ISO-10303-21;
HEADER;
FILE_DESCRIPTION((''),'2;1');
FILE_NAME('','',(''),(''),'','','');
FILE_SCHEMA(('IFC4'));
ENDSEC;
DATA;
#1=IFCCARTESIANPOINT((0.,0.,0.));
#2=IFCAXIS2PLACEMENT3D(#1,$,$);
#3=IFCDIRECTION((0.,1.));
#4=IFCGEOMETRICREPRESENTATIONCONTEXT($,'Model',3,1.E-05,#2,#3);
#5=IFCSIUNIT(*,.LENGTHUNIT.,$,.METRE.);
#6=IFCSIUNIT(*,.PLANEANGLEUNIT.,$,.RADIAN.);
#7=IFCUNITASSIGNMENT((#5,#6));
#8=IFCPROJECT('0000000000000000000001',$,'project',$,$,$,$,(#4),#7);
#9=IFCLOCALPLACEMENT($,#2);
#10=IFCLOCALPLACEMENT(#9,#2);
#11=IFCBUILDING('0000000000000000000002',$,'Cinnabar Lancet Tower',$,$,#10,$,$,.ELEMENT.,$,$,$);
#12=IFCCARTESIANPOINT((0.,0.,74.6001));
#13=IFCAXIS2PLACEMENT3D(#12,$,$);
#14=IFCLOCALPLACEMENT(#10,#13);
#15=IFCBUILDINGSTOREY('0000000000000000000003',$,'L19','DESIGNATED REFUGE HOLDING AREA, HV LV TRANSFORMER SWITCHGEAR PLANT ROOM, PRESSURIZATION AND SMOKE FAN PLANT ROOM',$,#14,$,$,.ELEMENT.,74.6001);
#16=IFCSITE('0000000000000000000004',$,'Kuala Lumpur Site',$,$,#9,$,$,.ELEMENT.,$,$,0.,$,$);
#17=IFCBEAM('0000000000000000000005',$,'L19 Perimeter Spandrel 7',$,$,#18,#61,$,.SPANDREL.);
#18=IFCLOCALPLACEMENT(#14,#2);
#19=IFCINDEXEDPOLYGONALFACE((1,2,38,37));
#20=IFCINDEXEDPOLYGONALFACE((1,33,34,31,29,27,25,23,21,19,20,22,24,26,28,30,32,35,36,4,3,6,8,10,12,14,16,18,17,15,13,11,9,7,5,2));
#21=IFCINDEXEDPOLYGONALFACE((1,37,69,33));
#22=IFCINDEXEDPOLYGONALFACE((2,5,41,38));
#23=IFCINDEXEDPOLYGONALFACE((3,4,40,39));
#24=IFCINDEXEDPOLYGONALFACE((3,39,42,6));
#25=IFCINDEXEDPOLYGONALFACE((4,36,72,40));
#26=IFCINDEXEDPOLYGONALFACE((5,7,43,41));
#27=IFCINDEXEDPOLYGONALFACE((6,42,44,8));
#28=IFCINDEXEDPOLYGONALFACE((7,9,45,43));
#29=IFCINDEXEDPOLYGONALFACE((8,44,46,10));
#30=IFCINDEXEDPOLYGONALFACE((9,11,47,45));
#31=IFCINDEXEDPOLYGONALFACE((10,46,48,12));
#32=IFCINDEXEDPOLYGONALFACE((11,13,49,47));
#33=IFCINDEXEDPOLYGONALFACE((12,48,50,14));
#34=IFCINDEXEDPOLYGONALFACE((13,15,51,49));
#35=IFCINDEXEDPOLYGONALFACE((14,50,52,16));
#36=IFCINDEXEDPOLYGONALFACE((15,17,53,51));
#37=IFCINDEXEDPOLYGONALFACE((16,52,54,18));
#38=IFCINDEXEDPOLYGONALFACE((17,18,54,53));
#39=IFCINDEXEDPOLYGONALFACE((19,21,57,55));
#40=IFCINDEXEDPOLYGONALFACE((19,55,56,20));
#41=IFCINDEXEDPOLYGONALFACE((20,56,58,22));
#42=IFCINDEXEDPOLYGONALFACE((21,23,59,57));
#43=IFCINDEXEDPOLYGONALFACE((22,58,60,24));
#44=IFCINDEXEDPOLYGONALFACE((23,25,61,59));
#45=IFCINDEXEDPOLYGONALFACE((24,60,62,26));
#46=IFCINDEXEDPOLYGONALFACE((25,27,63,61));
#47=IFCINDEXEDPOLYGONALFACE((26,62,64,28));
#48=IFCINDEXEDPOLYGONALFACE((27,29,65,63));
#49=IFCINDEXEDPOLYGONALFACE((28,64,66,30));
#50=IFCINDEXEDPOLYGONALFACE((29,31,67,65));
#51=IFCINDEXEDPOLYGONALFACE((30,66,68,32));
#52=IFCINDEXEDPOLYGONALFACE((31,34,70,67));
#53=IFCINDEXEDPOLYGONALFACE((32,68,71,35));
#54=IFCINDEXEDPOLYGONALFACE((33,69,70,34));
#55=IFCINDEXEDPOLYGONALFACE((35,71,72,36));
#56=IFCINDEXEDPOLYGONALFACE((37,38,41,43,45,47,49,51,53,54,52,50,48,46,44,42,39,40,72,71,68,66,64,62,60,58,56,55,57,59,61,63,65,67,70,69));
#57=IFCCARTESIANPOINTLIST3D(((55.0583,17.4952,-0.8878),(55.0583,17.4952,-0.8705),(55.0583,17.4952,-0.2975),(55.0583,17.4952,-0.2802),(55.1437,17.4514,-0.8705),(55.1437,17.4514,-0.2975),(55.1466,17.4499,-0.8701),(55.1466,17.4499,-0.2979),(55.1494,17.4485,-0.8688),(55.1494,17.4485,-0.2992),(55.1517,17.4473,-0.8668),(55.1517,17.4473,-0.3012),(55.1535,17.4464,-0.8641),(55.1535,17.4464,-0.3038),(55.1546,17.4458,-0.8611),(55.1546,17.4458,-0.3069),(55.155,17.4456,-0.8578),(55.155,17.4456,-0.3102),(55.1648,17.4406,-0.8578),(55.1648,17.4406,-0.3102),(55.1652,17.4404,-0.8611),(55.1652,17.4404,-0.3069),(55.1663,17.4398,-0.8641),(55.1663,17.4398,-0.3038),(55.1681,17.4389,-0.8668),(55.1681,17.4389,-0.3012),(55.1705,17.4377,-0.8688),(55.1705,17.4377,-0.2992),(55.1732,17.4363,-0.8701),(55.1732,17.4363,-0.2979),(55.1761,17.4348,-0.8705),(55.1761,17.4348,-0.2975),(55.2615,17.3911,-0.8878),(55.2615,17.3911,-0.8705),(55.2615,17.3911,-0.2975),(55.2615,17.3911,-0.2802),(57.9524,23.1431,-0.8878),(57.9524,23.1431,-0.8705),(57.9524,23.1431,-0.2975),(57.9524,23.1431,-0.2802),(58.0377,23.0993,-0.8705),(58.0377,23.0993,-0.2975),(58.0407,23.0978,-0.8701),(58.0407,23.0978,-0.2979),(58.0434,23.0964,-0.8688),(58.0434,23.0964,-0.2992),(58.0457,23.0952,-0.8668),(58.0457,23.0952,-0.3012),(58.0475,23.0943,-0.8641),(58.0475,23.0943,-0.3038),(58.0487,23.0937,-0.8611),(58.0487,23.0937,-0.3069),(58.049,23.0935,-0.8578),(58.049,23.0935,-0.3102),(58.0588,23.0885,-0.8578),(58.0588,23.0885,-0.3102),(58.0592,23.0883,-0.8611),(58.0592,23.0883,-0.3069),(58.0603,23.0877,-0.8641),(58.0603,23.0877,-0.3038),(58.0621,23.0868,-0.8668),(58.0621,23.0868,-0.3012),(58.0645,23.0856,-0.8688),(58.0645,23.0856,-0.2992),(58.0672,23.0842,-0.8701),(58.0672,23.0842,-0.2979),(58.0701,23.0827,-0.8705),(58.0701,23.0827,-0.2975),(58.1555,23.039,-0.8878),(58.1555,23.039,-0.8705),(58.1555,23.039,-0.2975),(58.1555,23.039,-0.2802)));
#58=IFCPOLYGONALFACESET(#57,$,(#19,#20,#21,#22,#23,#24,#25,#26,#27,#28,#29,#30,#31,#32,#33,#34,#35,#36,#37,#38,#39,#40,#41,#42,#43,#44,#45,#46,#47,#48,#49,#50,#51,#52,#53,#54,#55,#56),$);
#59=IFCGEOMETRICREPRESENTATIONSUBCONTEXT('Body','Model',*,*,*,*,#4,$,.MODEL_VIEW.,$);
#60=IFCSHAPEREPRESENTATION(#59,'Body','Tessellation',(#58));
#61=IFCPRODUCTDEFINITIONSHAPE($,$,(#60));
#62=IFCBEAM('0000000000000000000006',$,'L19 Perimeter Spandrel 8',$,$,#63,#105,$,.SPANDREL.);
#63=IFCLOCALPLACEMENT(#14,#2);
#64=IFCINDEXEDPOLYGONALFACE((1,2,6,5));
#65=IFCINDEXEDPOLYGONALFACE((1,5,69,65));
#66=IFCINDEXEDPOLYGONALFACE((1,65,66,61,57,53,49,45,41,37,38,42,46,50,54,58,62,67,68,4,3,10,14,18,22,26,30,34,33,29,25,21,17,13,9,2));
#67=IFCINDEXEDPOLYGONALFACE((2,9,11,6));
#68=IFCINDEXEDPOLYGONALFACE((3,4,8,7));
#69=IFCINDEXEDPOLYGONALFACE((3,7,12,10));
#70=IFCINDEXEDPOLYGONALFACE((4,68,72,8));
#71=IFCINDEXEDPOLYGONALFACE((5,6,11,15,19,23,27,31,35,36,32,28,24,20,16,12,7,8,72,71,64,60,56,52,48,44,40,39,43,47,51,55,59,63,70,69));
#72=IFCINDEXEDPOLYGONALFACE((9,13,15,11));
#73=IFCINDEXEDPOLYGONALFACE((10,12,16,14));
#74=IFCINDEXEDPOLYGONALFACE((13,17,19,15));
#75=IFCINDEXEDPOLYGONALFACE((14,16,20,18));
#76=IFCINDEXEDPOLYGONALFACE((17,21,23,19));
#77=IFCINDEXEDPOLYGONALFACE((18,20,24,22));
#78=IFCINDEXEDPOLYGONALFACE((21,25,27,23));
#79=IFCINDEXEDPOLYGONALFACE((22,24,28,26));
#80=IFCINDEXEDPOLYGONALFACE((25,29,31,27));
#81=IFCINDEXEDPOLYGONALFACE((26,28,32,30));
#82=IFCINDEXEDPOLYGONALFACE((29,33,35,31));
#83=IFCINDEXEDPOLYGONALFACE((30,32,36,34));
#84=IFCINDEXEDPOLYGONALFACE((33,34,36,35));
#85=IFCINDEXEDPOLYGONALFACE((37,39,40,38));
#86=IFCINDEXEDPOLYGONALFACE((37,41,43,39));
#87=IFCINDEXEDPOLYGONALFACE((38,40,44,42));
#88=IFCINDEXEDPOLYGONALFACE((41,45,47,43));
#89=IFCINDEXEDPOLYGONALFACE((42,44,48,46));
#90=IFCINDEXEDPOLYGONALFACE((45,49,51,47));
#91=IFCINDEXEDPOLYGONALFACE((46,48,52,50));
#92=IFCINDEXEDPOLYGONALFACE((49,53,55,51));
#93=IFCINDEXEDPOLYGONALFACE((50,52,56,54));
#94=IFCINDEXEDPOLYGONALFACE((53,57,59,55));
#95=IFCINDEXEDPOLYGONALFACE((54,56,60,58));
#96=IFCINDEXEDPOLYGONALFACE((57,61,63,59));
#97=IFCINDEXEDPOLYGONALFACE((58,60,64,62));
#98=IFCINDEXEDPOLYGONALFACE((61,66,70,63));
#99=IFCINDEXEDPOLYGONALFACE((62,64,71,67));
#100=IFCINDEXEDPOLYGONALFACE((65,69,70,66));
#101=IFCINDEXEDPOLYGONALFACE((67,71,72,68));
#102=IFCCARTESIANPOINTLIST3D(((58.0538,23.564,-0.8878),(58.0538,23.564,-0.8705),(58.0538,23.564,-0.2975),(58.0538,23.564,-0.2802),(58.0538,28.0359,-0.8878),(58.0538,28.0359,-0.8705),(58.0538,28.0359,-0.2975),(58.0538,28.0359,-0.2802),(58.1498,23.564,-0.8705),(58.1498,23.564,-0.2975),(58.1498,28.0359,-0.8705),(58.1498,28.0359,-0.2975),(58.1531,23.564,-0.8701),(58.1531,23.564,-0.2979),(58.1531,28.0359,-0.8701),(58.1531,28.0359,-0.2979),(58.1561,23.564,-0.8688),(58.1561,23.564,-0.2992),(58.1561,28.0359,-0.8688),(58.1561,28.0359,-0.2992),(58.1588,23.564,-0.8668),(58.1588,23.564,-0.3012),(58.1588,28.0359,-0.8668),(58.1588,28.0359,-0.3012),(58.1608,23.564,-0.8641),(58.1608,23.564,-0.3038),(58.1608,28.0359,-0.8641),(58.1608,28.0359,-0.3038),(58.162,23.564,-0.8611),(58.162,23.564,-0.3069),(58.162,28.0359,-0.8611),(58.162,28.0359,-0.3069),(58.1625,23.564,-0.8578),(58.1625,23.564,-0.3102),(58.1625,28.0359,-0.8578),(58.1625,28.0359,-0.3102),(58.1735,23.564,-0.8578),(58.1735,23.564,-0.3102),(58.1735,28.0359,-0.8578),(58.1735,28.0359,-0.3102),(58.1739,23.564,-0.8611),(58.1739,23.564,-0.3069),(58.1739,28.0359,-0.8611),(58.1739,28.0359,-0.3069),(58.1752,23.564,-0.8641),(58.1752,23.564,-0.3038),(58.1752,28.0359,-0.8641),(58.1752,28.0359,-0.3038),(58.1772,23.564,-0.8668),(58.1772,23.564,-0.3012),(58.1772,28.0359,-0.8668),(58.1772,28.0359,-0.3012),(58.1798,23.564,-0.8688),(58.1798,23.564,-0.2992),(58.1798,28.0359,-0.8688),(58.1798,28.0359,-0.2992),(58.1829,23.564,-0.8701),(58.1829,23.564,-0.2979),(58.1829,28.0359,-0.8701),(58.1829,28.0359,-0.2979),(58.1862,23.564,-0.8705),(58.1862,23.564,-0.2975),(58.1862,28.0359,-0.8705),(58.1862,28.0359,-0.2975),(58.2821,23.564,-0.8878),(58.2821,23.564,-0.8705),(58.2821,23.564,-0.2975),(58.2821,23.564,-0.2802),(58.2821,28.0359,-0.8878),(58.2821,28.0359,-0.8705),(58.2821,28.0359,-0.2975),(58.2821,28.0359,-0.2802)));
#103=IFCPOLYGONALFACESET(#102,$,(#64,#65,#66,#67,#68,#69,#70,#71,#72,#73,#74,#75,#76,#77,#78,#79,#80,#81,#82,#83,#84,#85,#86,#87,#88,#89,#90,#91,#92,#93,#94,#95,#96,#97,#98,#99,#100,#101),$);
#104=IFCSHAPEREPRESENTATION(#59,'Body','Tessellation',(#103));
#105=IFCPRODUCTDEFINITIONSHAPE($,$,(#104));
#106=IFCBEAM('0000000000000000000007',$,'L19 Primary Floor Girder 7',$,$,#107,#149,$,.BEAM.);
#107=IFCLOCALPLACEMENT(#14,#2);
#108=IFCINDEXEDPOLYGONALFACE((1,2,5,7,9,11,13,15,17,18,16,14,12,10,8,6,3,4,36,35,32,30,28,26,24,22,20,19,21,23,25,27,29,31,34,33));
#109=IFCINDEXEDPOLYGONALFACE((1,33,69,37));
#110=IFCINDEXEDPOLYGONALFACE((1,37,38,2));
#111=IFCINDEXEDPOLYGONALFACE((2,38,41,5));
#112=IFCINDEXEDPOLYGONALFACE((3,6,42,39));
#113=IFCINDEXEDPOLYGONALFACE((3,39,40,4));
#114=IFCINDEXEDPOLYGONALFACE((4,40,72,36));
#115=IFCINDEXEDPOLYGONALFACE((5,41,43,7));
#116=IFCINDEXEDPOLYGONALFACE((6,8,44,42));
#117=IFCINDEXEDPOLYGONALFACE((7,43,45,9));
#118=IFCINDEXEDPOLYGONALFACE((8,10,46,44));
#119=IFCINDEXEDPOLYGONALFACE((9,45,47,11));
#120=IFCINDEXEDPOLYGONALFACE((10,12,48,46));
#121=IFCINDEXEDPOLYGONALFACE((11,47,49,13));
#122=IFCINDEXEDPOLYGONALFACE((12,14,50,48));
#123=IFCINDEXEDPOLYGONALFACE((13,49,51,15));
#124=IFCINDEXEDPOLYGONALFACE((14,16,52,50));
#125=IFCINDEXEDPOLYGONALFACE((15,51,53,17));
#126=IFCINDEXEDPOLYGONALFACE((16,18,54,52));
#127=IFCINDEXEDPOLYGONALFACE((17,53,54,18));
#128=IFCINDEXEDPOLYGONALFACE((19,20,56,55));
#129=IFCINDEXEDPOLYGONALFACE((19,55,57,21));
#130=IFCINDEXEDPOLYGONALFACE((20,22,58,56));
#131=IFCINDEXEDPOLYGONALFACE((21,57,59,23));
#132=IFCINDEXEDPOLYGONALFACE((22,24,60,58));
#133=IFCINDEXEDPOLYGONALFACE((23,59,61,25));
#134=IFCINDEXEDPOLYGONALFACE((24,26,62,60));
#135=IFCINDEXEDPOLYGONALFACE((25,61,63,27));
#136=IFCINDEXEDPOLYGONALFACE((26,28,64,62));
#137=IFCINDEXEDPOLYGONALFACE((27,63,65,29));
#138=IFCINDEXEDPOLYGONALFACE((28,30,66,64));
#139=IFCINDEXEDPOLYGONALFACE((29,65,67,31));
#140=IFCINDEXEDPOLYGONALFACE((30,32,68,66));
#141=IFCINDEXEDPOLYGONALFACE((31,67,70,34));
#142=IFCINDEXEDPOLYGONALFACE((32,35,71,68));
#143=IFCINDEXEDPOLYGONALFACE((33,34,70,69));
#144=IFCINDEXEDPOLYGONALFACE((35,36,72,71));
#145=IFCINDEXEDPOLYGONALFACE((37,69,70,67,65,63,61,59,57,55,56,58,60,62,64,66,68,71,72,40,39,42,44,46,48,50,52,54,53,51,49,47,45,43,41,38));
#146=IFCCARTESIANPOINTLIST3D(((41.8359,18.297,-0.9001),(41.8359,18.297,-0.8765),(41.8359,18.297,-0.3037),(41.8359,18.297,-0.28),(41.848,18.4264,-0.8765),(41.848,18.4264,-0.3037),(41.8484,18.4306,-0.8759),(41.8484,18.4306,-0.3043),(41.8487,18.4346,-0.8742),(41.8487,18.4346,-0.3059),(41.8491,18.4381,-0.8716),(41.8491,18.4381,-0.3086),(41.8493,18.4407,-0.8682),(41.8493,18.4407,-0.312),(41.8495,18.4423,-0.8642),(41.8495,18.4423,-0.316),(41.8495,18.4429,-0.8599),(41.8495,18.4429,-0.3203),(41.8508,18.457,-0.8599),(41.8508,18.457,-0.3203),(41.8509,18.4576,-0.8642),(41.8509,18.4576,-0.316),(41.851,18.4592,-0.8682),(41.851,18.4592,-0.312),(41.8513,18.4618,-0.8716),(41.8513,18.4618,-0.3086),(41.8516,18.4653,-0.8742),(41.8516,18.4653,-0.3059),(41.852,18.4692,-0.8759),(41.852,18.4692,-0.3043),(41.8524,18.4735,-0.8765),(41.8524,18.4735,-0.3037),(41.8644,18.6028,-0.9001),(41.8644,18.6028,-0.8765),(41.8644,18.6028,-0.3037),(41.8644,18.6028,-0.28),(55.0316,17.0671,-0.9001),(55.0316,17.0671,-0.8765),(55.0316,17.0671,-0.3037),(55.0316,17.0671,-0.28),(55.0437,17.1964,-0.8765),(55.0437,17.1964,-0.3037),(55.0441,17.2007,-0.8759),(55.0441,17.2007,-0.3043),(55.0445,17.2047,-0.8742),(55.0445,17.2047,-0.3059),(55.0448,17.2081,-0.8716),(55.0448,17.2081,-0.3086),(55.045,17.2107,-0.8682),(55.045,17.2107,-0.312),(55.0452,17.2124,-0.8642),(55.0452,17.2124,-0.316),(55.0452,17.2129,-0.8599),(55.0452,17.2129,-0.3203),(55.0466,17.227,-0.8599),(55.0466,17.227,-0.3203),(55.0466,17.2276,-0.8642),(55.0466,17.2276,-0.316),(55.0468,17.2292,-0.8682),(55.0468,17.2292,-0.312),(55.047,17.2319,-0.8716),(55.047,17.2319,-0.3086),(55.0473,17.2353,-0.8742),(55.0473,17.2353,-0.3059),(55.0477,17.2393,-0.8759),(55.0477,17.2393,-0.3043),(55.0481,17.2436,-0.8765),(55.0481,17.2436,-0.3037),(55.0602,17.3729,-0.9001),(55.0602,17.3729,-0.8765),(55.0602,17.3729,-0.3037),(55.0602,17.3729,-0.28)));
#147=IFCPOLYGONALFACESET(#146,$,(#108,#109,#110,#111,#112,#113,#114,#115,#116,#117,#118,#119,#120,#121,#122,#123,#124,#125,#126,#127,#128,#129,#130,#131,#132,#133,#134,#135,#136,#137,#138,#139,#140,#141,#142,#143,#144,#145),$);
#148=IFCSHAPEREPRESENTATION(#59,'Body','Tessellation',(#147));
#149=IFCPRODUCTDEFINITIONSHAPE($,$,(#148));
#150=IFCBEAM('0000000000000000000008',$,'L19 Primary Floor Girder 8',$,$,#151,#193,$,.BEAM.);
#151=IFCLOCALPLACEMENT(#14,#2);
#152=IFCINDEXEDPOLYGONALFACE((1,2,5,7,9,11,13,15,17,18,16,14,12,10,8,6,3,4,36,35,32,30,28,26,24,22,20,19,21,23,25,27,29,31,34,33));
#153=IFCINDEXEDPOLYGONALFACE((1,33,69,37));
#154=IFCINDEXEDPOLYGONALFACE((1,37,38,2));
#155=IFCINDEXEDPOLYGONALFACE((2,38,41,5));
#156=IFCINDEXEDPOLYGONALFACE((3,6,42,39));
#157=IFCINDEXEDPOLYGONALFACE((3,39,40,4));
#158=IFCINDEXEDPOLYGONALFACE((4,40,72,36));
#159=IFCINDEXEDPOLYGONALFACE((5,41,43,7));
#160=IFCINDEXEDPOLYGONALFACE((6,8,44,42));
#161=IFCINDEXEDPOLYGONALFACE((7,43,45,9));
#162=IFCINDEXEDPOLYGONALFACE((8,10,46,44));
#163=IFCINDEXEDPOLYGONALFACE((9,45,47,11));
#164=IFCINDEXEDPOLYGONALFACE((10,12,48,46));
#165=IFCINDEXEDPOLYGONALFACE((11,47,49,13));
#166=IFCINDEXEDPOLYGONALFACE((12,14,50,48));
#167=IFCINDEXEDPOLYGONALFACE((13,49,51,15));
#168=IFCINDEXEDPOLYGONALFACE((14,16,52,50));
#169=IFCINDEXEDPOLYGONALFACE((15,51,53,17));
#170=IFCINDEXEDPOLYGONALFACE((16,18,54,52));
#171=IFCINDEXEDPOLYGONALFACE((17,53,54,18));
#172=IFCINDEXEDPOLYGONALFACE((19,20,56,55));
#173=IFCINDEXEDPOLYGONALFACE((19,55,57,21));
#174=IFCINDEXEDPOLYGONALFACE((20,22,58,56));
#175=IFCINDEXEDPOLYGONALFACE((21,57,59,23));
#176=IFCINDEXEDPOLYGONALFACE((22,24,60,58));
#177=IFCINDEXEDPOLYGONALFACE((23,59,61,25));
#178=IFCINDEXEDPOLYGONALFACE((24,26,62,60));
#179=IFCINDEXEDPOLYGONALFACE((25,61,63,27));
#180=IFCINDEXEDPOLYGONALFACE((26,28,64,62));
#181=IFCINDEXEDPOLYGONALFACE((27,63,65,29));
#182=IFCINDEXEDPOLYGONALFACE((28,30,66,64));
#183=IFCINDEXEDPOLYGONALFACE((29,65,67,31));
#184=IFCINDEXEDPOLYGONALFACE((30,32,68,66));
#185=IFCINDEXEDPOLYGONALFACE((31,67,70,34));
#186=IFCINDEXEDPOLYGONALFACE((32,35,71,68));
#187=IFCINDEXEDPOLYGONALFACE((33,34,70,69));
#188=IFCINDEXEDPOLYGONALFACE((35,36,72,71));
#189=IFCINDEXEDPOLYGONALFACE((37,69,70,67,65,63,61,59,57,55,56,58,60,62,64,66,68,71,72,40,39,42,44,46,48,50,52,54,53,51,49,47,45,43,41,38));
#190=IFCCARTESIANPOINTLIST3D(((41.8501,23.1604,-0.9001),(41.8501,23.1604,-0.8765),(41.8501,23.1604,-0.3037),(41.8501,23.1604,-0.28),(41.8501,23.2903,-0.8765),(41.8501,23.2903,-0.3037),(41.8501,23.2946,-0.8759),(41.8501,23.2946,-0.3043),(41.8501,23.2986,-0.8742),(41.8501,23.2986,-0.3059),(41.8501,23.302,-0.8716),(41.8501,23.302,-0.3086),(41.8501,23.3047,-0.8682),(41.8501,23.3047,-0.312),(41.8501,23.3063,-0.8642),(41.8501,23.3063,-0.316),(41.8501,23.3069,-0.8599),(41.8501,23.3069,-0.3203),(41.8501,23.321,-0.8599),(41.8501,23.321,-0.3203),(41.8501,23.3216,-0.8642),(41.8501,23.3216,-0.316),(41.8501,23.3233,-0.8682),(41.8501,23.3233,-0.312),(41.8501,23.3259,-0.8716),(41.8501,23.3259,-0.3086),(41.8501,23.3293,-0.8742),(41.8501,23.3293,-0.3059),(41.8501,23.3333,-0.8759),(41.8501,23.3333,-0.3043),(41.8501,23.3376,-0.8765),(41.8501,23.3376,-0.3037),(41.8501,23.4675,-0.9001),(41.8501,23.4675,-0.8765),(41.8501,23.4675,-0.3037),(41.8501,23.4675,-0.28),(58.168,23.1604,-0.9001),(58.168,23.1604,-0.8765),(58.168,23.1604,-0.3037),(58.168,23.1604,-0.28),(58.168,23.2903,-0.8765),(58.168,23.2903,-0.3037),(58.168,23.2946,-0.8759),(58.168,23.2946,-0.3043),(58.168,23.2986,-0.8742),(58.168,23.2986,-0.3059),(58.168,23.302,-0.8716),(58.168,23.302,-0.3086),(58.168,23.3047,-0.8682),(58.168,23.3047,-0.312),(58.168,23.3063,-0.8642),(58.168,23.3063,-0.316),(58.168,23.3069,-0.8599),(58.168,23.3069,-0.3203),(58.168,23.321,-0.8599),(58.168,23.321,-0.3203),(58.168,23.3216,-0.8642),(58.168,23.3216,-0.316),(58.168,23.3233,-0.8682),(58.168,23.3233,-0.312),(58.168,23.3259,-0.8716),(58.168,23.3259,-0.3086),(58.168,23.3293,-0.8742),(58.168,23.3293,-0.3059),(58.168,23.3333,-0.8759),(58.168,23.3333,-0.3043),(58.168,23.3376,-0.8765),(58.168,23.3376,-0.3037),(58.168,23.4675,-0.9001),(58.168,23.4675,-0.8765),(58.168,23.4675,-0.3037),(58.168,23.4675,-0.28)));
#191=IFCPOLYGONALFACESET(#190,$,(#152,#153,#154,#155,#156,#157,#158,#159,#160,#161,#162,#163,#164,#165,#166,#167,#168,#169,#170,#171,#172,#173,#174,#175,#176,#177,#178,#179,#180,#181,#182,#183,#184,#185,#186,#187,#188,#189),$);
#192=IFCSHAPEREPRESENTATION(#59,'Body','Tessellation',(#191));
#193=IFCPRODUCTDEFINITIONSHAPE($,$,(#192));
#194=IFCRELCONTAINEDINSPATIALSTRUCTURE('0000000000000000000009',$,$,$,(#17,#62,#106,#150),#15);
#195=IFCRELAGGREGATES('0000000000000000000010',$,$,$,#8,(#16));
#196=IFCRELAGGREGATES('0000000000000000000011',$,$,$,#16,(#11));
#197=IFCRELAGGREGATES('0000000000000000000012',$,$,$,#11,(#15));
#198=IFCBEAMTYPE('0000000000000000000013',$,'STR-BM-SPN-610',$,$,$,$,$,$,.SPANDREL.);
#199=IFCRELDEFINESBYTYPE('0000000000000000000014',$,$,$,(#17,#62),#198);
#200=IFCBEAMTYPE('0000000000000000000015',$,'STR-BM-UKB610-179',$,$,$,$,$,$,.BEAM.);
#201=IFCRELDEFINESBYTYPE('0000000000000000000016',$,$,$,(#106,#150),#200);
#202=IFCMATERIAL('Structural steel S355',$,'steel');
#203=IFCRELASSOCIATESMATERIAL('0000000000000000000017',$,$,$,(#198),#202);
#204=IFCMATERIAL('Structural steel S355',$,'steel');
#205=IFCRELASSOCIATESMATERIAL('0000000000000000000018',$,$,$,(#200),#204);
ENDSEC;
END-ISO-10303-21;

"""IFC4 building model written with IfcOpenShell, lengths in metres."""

from ifc_helpers import new_model, si_unit, direction, frame, origin, origin_2d, place, context, subcontext, project, spatial, i_section, extrude, material, material_profile, profile_set, type_object, element, save


model = new_model("IFC4")

# Units and contexts
model_context = context("Model", 3, precision=1e-05, world=origin(), true_north=direction((0.0, 1.0)))
body_context = subcontext(model_context, "Body", "Model", "MODEL_VIEW")
ifc_project = project(units=[si_unit("LENGTHUNIT", "METRE"), si_unit("PLANEANGLEUNIT", "RADIAN")], contexts=[model_context])

# Site, building, storey
site_placement = place(None, origin())
site = spatial("IfcSite", under=ifc_project, at=site_placement, Name="Kuala Lumpur Site", CompositionType="ELEMENT", RefElevation=0.0)
building_placement = place(site_placement, origin())
building = spatial("IfcBuilding", under=site, at=building_placement, Name="Cinnabar Lancet Tower", CompositionType="ELEMENT")
storey_placement = place(building_placement, frame((0.0, 0.0, 74.6001)))
storey = spatial("IfcBuildingStorey", under=building, at=storey_placement, Name="L19", Description="DESIGNATED REFUGE HOLDING AREA, HV LV TRANSFORMER SWITCHGEAR PLANT ROOM, PRESSURIZATION AND SMOKE FAN PLANT ROOM", CompositionType="ELEMENT", Elevation=74.6001)

# Beams
ifc_material_1 = material(Name="Structural steel S355", Category="steel")
ifc_material_profile_1 = material_profile(ifc_material_1, i_section(OverallWidth=0.2283, OverallDepth=0.6077, WebThickness=0.011, FlangeThickness=0.0173, FilletRadius=0.0127, at=origin_2d()), Name="UKB 610x229x113")
ifc_profile_set_1 = profile_set([ifc_material_profile_1], Name="Structural steel S355")
beam_type_1 = type_object("IfcBeamType", Name="STR-BM-SPN-610", PredefinedType="SPANDREL", material=ifc_profile_set_1)
beam_1_placement = place(storey_placement, frame((55.1599, 17.4431, -0.584), z_axis=(0.456025, 0.889967, 0.0), x_axis=(-0.889967, 0.456025, 0.0)))
element("IfcBeam", 1, at=beam_1_placement, inside=storey, type_object=beam_type_1, Name="L19 Perimeter Spandrel 7", PredefinedType="SPANDREL", context=body_context, shape_type="SweptSolid", body=[
    extrude(i_section(OverallWidth=0.2283, OverallDepth=0.6077, WebThickness=0.011, FlangeThickness=0.0173, FilletRadius=0.0127, at=origin_2d()), origin(), (0.0, 0.0, 1.0), 6.3462),
])
beam_2_placement = place(storey_placement, frame((58.168, 23.564, -0.584), z_axis=(0.0, 1.0, 0.0), x_axis=(-1.0, 0.0, 0.0)))
element("IfcBeam", 2, at=beam_2_placement, inside=storey, type_object=beam_type_1, Name="L19 Perimeter Spandrel 8", PredefinedType="SPANDREL", context=body_context, shape_type="SweptSolid", body=[
    extrude(i_section(OverallWidth=0.2283, OverallDepth=0.6077, WebThickness=0.011, FlangeThickness=0.0173, FilletRadius=0.0127, at=origin_2d()), origin(), (0.0, 0.0, 1.0), 4.4719),
])
ifc_material_2 = material(Name="Structural steel S355", Category="steel")
ifc_material_profile_2 = material_profile(ifc_material_2, i_section(OverallWidth=0.3071, OverallDepth=0.6201, WebThickness=0.0142, FlangeThickness=0.0237, FilletRadius=0.0166, at=origin_2d()), Name="UKB 610x305x179")
ifc_profile_set_2 = profile_set([ifc_material_profile_2], Name="Structural steel S355")
beam_type_2 = type_object("IfcBeamType", Name="STR-BM-UKB610-179", PredefinedType="BEAM", material=ifc_profile_set_2)
beam_3_placement = place(storey_placement, frame((55.0459, 17.22, -0.5901), z_axis=(-0.995684, 0.092808, 0.0), x_axis=(-0.092808, -0.995684, 0.0)))
element("IfcBeam", 3, at=beam_3_placement, inside=storey, type_object=beam_type_2, Name="L19 Primary Floor Girder 7", PredefinedType="BEAM", context=body_context, shape_type="SweptSolid", body=[
    extrude(i_section(OverallWidth=0.3071, OverallDepth=0.6201, WebThickness=0.0142, FlangeThickness=0.0237, FilletRadius=0.0166, at=origin_2d()), origin(), (0.0, 0.0, 1.0), 13.2529),
])
beam_4_placement = place(storey_placement, frame((58.168, 23.314, -0.5901), z_axis=(-1.0, 0.0, 0.0), x_axis=(0.0, -1.0, 0.0)))
element("IfcBeam", 4, at=beam_4_placement, inside=storey, type_object=beam_type_2, Name="L19 Primary Floor Girder 8", PredefinedType="BEAM", context=body_context, shape_type="SweptSolid", body=[
    extrude(i_section(OverallWidth=0.3071, OverallDepth=0.6201, WebThickness=0.0142, FlangeThickness=0.0237, FilletRadius=0.0166, at=origin_2d()), origin(), (0.0, 0.0, 1.0), 16.3179),
])

save(model, "model.ifc")
